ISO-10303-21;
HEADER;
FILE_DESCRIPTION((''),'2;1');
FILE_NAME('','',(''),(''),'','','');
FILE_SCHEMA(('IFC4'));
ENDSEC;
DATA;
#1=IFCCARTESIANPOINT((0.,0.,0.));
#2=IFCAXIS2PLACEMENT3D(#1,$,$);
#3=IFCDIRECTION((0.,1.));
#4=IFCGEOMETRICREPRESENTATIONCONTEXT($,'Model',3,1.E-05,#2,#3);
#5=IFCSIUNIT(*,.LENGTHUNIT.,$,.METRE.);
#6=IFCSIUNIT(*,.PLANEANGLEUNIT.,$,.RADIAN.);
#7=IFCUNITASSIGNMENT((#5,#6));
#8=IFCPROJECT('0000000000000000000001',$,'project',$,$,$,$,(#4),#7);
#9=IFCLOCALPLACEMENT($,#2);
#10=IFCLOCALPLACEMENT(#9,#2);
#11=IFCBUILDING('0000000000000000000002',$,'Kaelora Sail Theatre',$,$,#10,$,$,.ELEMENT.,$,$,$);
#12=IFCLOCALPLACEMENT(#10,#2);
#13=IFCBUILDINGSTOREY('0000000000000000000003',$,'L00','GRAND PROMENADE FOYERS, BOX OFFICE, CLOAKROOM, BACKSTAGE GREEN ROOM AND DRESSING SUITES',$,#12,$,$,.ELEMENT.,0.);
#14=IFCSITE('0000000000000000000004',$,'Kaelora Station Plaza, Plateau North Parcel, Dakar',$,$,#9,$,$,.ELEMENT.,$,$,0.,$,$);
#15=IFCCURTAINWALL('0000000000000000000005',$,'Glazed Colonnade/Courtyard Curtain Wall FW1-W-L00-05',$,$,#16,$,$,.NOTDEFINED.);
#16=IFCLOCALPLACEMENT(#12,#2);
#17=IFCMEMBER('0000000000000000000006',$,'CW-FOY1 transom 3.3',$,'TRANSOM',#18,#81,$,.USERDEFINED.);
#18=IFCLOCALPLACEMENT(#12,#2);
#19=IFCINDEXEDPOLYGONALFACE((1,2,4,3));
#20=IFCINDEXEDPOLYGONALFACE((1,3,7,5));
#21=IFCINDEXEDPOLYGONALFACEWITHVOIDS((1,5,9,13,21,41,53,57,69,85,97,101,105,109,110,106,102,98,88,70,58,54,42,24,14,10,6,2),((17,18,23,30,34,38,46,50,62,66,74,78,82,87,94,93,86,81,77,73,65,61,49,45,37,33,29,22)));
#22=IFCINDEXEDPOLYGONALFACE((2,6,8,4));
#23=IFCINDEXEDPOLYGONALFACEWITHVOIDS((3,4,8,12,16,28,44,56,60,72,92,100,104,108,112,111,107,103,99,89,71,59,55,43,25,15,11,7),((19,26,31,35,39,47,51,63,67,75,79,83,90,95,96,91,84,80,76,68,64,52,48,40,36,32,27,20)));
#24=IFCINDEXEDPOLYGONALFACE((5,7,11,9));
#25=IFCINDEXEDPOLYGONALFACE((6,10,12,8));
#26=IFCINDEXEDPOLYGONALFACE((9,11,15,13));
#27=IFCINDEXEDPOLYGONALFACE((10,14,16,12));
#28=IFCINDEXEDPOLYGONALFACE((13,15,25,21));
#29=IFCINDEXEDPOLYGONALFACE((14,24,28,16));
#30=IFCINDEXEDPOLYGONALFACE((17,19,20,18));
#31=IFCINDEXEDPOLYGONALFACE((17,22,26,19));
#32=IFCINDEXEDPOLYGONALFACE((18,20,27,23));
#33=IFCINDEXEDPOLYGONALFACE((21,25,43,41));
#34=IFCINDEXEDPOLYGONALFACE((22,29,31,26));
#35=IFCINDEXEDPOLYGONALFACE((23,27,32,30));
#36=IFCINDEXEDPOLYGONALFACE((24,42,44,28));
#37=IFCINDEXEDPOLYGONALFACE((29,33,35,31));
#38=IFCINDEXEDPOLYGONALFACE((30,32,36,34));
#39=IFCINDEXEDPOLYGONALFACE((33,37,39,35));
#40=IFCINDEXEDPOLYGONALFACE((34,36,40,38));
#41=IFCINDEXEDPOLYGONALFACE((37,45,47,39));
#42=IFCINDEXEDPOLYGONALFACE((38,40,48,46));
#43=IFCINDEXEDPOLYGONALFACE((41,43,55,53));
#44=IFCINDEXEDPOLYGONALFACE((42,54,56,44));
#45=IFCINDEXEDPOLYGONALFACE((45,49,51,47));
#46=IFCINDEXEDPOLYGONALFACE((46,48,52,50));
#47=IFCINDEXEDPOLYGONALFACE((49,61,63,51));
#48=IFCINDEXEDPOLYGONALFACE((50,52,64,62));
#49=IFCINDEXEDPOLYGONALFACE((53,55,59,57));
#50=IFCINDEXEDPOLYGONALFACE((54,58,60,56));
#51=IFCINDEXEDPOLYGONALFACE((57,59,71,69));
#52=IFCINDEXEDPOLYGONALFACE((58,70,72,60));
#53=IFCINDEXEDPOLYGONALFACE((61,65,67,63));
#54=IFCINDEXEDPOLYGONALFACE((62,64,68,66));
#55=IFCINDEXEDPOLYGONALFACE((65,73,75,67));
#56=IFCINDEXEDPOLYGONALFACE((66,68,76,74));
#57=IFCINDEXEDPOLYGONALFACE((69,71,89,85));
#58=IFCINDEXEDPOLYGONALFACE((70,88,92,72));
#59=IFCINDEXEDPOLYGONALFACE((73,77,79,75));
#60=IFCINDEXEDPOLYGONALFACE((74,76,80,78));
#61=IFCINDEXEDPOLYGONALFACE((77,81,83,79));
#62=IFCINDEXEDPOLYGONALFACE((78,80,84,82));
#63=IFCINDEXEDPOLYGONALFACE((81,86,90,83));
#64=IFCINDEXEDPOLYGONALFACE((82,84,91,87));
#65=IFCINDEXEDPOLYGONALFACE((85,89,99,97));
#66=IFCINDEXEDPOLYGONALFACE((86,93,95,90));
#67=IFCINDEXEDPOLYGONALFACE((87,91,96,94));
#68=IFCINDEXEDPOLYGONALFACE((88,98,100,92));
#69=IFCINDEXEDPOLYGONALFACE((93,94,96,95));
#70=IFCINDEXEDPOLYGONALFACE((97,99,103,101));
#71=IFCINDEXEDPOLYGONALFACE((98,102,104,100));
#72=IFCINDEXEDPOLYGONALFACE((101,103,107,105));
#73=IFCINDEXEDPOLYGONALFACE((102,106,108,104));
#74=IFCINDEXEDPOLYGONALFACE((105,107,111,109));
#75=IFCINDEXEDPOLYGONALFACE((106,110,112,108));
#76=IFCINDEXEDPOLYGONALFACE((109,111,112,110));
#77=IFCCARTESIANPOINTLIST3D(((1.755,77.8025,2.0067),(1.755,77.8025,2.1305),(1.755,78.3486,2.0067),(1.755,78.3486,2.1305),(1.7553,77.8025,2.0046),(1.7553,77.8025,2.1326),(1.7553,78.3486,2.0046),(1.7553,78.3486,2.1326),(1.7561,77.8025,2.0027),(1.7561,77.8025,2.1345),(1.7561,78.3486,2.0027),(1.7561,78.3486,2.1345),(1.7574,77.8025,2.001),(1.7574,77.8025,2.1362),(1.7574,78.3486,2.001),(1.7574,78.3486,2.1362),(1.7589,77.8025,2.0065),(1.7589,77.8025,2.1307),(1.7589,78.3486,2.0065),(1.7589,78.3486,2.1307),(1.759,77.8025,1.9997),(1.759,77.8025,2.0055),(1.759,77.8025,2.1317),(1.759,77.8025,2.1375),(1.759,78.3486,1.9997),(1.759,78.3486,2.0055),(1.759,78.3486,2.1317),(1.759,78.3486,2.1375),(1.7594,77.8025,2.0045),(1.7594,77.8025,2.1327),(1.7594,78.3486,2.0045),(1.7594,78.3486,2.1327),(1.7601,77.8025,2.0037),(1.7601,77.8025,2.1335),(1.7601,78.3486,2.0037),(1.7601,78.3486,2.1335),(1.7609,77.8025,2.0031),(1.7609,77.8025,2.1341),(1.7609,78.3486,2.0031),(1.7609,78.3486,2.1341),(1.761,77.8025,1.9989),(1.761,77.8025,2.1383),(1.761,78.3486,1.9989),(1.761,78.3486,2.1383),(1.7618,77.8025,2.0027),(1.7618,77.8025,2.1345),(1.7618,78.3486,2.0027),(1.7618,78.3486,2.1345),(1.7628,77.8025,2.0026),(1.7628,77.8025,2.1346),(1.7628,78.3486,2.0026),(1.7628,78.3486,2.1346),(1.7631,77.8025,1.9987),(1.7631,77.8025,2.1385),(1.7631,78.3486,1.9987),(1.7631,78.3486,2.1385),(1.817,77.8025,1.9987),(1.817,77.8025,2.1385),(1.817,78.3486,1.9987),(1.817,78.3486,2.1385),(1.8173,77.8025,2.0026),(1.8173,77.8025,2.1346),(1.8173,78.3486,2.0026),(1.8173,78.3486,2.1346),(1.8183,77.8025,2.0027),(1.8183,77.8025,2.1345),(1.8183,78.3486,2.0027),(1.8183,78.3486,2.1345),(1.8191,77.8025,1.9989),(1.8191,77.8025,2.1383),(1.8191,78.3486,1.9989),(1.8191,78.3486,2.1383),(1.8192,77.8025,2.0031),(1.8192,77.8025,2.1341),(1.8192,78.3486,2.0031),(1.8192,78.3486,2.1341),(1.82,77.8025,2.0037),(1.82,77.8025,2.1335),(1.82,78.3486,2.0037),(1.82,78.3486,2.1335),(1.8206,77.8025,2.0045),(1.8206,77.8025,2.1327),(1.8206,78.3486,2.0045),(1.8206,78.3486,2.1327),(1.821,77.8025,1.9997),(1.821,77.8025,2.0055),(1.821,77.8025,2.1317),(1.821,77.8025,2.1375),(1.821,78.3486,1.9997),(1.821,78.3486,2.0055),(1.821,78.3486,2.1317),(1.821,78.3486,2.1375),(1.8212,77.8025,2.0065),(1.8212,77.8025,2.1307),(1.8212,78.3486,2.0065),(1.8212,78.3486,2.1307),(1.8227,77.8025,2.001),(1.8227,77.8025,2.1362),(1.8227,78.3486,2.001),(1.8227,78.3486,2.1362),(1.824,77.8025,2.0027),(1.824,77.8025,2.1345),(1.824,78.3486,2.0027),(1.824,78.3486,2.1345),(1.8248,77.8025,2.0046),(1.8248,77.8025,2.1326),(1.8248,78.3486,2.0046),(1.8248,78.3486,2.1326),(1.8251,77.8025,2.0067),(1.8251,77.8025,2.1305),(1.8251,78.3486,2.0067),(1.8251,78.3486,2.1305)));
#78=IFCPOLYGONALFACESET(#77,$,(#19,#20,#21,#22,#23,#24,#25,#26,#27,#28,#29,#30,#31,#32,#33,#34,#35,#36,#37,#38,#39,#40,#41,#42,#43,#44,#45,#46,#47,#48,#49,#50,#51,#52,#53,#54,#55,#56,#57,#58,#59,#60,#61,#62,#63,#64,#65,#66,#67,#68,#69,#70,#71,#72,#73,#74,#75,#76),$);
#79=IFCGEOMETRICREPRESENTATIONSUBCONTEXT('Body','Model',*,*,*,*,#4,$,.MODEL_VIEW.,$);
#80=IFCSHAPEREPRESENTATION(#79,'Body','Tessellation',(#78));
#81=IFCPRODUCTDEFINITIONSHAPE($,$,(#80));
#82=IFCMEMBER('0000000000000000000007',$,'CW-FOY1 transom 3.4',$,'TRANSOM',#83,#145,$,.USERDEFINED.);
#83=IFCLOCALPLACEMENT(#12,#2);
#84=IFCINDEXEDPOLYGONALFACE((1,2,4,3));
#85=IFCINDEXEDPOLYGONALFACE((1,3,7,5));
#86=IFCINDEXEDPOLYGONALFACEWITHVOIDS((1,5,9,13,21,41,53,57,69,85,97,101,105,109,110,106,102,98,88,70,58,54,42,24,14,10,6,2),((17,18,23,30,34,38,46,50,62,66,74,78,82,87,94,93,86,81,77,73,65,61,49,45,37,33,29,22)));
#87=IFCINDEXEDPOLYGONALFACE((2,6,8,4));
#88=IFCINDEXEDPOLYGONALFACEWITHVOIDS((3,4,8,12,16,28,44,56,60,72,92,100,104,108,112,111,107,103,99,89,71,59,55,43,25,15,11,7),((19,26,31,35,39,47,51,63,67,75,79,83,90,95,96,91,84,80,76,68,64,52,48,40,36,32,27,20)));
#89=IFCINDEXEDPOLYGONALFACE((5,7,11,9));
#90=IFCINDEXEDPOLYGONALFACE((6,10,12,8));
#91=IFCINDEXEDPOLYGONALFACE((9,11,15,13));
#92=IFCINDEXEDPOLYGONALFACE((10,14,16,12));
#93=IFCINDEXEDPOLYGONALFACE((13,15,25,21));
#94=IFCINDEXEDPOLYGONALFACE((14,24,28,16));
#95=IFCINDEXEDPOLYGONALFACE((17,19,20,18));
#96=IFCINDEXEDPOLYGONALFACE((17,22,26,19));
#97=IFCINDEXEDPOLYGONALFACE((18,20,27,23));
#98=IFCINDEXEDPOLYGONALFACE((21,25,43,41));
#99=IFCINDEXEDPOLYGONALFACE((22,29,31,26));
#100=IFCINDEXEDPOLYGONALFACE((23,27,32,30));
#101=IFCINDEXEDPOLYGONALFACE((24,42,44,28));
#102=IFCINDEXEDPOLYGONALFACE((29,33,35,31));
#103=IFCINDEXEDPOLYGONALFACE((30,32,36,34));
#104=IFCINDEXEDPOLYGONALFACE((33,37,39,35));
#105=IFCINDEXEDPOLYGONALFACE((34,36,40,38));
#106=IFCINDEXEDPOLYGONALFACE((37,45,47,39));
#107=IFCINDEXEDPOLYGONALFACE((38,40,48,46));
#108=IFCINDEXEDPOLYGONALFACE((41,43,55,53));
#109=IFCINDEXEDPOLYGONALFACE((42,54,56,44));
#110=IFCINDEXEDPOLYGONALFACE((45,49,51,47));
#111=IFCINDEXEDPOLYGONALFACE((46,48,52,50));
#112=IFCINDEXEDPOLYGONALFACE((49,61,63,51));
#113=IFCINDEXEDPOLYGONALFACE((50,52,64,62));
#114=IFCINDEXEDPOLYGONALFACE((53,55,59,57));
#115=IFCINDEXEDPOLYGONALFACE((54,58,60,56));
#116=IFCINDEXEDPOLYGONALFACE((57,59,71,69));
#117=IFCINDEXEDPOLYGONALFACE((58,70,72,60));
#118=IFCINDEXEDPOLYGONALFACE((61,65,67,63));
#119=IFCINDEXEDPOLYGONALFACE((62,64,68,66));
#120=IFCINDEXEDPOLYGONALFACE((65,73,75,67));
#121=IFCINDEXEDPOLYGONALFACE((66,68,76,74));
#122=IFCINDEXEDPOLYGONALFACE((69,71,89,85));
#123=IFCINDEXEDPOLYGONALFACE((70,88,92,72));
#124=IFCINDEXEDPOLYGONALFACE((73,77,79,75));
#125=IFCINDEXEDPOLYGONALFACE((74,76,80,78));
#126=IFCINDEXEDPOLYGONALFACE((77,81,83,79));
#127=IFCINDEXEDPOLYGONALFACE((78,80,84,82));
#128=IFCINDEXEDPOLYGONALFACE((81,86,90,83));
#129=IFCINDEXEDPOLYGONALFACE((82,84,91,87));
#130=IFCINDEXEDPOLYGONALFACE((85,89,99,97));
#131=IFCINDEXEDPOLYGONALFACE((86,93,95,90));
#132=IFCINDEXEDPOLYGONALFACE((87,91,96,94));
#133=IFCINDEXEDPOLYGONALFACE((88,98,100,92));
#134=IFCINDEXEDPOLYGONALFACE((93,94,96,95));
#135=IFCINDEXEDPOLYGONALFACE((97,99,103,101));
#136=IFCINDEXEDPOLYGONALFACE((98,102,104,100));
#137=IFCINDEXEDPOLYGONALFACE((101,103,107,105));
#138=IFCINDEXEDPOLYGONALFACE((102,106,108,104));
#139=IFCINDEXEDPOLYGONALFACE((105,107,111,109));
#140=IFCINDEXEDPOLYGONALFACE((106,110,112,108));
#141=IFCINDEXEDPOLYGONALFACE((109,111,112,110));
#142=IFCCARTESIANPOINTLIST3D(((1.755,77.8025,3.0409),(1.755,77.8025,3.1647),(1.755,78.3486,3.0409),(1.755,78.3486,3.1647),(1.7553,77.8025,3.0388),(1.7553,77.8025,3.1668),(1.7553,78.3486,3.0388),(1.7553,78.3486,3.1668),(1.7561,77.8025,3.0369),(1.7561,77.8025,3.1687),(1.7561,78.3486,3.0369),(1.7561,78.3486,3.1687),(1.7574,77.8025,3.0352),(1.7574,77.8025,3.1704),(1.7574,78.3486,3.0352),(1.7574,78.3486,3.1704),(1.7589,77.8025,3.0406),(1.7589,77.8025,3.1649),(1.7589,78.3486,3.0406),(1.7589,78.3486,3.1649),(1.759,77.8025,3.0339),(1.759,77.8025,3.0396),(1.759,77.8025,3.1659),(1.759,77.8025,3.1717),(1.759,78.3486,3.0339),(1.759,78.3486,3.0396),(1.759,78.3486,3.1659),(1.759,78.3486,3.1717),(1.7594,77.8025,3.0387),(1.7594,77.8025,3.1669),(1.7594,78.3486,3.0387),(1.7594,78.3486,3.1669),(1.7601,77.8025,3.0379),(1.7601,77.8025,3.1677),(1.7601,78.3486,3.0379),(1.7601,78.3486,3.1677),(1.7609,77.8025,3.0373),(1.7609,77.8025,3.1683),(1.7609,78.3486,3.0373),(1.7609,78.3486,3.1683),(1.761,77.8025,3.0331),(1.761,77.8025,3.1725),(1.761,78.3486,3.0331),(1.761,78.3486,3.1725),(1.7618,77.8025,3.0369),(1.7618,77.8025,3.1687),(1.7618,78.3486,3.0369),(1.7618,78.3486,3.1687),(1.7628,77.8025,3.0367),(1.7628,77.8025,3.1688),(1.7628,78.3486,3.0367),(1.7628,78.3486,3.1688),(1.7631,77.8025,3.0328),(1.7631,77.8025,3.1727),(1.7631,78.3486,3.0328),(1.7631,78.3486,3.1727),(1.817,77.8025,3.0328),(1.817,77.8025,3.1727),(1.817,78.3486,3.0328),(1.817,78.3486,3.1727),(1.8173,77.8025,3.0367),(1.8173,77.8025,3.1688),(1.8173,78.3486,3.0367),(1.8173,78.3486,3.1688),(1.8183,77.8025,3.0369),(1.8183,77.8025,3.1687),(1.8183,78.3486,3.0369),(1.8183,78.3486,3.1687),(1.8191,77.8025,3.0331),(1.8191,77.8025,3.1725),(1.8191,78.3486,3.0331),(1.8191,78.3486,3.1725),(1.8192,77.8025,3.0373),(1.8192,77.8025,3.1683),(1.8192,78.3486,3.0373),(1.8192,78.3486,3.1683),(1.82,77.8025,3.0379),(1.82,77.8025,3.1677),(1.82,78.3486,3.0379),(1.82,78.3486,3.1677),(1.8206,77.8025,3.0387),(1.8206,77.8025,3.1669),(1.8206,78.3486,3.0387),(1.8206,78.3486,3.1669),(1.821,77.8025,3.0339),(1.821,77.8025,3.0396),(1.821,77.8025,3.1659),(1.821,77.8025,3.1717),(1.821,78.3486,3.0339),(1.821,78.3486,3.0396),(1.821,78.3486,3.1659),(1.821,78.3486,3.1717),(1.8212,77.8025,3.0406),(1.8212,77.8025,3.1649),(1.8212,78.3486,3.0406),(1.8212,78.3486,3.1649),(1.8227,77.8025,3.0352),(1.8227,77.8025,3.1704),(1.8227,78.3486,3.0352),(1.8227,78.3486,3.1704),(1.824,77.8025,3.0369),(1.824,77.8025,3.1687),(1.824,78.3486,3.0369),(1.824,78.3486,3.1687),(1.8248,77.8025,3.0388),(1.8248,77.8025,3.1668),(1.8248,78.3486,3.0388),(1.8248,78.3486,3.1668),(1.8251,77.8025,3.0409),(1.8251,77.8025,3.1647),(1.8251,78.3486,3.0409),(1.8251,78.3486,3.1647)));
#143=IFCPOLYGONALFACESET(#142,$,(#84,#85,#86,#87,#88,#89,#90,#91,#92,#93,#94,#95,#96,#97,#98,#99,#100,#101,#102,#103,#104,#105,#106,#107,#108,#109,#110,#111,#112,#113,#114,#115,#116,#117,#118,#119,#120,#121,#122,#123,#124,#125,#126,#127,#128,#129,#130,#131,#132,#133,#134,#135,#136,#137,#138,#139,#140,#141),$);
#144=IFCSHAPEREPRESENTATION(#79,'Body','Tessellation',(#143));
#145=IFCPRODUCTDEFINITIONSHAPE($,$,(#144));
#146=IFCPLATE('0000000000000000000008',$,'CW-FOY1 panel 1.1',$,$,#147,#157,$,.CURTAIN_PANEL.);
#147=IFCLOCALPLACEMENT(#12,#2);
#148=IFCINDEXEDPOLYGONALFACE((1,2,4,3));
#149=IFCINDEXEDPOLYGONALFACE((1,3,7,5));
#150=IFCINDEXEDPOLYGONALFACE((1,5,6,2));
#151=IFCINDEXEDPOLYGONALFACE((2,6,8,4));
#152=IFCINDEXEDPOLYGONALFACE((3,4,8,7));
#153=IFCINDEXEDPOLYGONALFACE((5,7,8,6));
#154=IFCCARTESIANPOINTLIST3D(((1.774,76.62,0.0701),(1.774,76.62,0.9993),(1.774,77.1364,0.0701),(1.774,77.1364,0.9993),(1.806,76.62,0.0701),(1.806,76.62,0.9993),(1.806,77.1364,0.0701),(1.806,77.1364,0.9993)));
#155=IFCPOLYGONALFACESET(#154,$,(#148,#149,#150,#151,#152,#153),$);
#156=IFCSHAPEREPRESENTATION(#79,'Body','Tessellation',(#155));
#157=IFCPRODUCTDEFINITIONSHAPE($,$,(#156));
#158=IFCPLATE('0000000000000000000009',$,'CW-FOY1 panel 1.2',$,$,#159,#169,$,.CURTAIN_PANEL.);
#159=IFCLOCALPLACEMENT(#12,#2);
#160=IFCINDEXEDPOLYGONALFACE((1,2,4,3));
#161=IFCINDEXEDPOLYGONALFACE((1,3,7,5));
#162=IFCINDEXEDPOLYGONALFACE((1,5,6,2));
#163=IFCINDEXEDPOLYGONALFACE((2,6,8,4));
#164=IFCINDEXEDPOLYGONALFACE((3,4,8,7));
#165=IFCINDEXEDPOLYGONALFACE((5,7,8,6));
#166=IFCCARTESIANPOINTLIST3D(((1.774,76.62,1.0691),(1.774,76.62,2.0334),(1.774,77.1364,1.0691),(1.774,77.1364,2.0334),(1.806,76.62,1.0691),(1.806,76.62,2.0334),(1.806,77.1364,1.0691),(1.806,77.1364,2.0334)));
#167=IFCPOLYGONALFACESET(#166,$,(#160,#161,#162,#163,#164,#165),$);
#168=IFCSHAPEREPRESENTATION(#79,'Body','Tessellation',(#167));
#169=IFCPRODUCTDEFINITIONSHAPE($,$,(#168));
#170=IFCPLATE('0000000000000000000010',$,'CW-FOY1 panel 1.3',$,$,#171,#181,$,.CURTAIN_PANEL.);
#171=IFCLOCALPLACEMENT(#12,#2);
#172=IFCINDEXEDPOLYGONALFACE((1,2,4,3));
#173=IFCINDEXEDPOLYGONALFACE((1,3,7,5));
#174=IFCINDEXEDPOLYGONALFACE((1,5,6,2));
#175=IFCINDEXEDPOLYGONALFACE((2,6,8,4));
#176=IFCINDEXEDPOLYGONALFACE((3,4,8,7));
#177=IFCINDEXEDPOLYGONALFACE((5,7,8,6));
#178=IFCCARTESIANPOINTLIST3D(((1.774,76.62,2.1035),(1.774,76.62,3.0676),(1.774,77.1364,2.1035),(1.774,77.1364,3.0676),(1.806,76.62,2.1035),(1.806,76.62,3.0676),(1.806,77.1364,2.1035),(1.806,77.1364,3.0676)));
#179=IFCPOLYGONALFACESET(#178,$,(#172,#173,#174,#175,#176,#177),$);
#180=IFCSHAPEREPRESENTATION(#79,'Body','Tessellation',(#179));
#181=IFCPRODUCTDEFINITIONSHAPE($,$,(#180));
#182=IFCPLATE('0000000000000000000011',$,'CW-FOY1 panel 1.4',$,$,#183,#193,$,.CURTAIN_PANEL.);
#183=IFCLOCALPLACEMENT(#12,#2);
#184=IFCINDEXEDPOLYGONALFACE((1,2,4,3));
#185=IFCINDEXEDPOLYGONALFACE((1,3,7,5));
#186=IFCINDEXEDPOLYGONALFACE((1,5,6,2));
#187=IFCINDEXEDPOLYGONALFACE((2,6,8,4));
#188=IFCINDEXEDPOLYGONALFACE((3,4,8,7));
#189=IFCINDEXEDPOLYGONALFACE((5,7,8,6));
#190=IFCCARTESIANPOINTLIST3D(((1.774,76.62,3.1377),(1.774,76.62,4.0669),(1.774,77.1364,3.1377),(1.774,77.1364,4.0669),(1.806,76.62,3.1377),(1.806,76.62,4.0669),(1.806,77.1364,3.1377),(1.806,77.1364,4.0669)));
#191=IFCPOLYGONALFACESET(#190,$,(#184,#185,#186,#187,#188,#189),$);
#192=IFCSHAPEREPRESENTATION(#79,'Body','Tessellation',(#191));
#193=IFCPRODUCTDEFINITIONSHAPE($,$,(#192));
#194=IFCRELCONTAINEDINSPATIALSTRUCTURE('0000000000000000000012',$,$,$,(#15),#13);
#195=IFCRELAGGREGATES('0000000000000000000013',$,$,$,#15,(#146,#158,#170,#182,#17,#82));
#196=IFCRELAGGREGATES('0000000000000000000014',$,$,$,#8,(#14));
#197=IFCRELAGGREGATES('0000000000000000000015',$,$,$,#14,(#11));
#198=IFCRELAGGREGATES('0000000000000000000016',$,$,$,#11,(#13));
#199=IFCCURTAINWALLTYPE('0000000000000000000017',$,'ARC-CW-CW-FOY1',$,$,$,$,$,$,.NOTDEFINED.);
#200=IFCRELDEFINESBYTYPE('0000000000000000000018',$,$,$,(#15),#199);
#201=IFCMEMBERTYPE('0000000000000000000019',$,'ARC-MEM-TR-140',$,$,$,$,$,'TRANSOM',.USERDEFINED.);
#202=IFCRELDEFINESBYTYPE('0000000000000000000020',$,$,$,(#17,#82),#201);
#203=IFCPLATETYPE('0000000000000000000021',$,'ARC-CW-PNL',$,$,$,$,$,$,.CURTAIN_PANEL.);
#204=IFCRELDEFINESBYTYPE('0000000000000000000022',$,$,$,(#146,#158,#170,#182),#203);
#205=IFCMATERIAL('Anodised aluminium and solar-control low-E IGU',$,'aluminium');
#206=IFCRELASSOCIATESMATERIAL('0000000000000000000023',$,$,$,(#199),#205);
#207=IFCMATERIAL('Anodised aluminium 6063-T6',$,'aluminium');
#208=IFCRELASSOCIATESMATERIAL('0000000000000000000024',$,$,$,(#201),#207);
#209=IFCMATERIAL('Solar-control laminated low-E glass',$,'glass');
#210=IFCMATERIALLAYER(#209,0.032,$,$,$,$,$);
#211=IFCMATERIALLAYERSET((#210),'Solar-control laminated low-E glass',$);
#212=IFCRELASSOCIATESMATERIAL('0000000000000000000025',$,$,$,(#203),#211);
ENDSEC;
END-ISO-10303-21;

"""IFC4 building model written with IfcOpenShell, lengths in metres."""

from ifc_helpers import new_model, si_unit, direction, frame, origin, origin_2d, place, context, subcontext, project, spatial, rectangle, hollow_rectangle, extrude, material, layer, layer_set, material_profile, profile_set, type_object, element, aggregate, save


model = new_model("IFC4")

# Units and contexts
model_context = context("Model", 3, precision=1e-05, world=origin(), true_north=direction((0.0, 1.0)))
body_context = subcontext(model_context, "Body", "Model", "MODEL_VIEW")
ifc_project = project(units=[si_unit("LENGTHUNIT", "METRE"), si_unit("PLANEANGLEUNIT", "RADIAN")], contexts=[model_context])

# Site, building, storey
site_placement = place(None, origin())
site = spatial("IfcSite", under=ifc_project, at=site_placement, Name="Kaelora Station Plaza, Plateau North Parcel, Dakar", CompositionType="ELEMENT", RefElevation=0.0)
building_placement = place(site_placement, origin())
building = spatial("IfcBuilding", under=site, at=building_placement, Name="Kaelora Sail Theatre", CompositionType="ELEMENT")
storey_placement = place(building_placement, origin())
storey = spatial("IfcBuildingStorey", under=building, at=storey_placement, Name="L00", Description="GRAND PROMENADE FOYERS, BOX OFFICE, CLOAKROOM, BACKSTAGE GREEN ROOM AND DRESSING SUITES", CompositionType="ELEMENT", Elevation=0.0)

# Curtain wall, members, plates
ifc_material_1 = material(Name="Anodised aluminium and solar-control low-E IGU", Category="aluminium")
curtain_wall_type = type_object("IfcCurtainWallType", Name="ARC-CW-CW-FOY1", PredefinedType="NOTDEFINED", material=ifc_material_1)
curtain_wall_placement = place(storey_placement, origin())
curtain_wall = element("IfcCurtainWall", 1, at=curtain_wall_placement, inside=storey, type_object=curtain_wall_type, Name="Glazed Colonnade/Courtyard Curtain Wall FW1-W-L00-05", PredefinedType="NOTDEFINED")
ifc_material_2 = material(Name="Anodised aluminium 6063-T6", Category="aluminium")
ifc_material_profile_1 = material_profile(ifc_material_2, hollow_rectangle(XDim=0.0701, YDim=0.1399, WallThickness=0.0039, InnerFilletRadius=0.0039, OuterFilletRadius=0.0081, at=origin_2d()), Name="ALU-TRAN 70x140x4")
ifc_profile_set_1 = profile_set([ifc_material_profile_1], Name="Anodised aluminium 6063-T6")
member_type_1 = type_object("IfcMemberType", Name="ARC-MEM-TR-140", ElementType="TRANSOM", PredefinedType="USERDEFINED", material=ifc_profile_set_1)
member_1_placement = place(storey_placement, frame((1.79, 77.8025, 2.0686), z_axis=(0.0, 1.0, 0.0), x_axis=(-1.0, 0.0, 0.0)))
member_1 = element("IfcMember", 2, at=member_1_placement, type_object=member_type_1, Name="CW-FOY1 transom 3.3", ObjectType="TRANSOM", PredefinedType="USERDEFINED", context=body_context, shape_type="SweptSolid", body=[
    extrude(hollow_rectangle(XDim=0.0701, YDim=0.1399, WallThickness=0.0039, InnerFilletRadius=0.0039, OuterFilletRadius=0.0081, at=origin_2d()), origin(), (0.0, 0.0, 1.0), 0.5461),
])
member_2_placement = place(storey_placement, frame((1.79, 77.8025, 3.1028), z_axis=(0.0, 1.0, 0.0), x_axis=(-1.0, 0.0, 0.0)))
member_2 = element("IfcMember", 3, at=member_2_placement, type_object=member_type_1, Name="CW-FOY1 transom 3.4", ObjectType="TRANSOM", PredefinedType="USERDEFINED", context=body_context, shape_type="SweptSolid", body=[
    extrude(hollow_rectangle(XDim=0.0701, YDim=0.1399, WallThickness=0.0039, InnerFilletRadius=0.0039, OuterFilletRadius=0.0081, at=origin_2d()), origin(), (0.0, 0.0, 1.0), 0.5461),
])
ifc_material_3 = material(Name="Solar-control laminated low-E glass", Category="glass")
ifc_layer = layer(ifc_material_3, 0.032)
ifc_layer_set = layer_set([ifc_layer], Name="Solar-control laminated low-E glass")
plate_type = type_object("IfcPlateType", Name="ARC-CW-PNL", PredefinedType="CURTAIN_PANEL", material=ifc_layer_set)
plate_1_placement = place(storey_placement, frame((1.79, 76.8782, 0.0701), z_axis=(0.0, 0.0, 1.0), x_axis=(0.0, 1.0, 0.0)))
plate_1 = element("IfcPlate", 4, at=plate_1_placement, type_object=plate_type, Name="CW-FOY1 panel 1.1", PredefinedType="CURTAIN_PANEL", context=body_context, shape_type="SweptSolid", body=[
    extrude(rectangle(XDim=0.5164, YDim=0.032, at=origin_2d()), origin(), (0.0, 0.0, 1.0), 0.9292),
])
plate_2_placement = place(storey_placement, frame((1.79, 76.8782, 1.0691), z_axis=(0.0, 0.0, 1.0), x_axis=(0.0, 1.0, 0.0)))
plate_2 = element("IfcPlate", 5, at=plate_2_placement, type_object=plate_type, Name="CW-FOY1 panel 1.2", PredefinedType="CURTAIN_PANEL", context=body_context, shape_type="SweptSolid", body=[
    extrude(rectangle(XDim=0.5164, YDim=0.032, at=origin_2d()), origin(), (0.0, 0.0, 1.0), 0.9644),
])
plate_3_placement = place(storey_placement, frame((1.79, 76.8782, 2.1035), z_axis=(0.0, 0.0, 1.0), x_axis=(0.0, 1.0, 0.0)))
plate_3 = element("IfcPlate", 6, at=plate_3_placement, type_object=plate_type, Name="CW-FOY1 panel 1.3", PredefinedType="CURTAIN_PANEL", context=body_context, shape_type="SweptSolid", body=[
    extrude(rectangle(XDim=0.5164, YDim=0.032, at=origin_2d()), origin(), (0.0, 0.0, 1.0), 0.9641),
])
plate_4_placement = place(storey_placement, frame((1.79, 76.8782, 3.1377), z_axis=(0.0, 0.0, 1.0), x_axis=(0.0, 1.0, 0.0)))
plate_4 = element("IfcPlate", 7, at=plate_4_placement, type_object=plate_type, Name="CW-FOY1 panel 1.4", PredefinedType="CURTAIN_PANEL", context=body_context, shape_type="SweptSolid", body=[
    extrude(rectangle(XDim=0.5164, YDim=0.032, at=origin_2d()), origin(), (0.0, 0.0, 1.0), 0.9292),
])
aggregate(curtain_wall, [plate_1, plate_2, plate_3, plate_4, member_1, member_2])

save(model, "model.ifc")
